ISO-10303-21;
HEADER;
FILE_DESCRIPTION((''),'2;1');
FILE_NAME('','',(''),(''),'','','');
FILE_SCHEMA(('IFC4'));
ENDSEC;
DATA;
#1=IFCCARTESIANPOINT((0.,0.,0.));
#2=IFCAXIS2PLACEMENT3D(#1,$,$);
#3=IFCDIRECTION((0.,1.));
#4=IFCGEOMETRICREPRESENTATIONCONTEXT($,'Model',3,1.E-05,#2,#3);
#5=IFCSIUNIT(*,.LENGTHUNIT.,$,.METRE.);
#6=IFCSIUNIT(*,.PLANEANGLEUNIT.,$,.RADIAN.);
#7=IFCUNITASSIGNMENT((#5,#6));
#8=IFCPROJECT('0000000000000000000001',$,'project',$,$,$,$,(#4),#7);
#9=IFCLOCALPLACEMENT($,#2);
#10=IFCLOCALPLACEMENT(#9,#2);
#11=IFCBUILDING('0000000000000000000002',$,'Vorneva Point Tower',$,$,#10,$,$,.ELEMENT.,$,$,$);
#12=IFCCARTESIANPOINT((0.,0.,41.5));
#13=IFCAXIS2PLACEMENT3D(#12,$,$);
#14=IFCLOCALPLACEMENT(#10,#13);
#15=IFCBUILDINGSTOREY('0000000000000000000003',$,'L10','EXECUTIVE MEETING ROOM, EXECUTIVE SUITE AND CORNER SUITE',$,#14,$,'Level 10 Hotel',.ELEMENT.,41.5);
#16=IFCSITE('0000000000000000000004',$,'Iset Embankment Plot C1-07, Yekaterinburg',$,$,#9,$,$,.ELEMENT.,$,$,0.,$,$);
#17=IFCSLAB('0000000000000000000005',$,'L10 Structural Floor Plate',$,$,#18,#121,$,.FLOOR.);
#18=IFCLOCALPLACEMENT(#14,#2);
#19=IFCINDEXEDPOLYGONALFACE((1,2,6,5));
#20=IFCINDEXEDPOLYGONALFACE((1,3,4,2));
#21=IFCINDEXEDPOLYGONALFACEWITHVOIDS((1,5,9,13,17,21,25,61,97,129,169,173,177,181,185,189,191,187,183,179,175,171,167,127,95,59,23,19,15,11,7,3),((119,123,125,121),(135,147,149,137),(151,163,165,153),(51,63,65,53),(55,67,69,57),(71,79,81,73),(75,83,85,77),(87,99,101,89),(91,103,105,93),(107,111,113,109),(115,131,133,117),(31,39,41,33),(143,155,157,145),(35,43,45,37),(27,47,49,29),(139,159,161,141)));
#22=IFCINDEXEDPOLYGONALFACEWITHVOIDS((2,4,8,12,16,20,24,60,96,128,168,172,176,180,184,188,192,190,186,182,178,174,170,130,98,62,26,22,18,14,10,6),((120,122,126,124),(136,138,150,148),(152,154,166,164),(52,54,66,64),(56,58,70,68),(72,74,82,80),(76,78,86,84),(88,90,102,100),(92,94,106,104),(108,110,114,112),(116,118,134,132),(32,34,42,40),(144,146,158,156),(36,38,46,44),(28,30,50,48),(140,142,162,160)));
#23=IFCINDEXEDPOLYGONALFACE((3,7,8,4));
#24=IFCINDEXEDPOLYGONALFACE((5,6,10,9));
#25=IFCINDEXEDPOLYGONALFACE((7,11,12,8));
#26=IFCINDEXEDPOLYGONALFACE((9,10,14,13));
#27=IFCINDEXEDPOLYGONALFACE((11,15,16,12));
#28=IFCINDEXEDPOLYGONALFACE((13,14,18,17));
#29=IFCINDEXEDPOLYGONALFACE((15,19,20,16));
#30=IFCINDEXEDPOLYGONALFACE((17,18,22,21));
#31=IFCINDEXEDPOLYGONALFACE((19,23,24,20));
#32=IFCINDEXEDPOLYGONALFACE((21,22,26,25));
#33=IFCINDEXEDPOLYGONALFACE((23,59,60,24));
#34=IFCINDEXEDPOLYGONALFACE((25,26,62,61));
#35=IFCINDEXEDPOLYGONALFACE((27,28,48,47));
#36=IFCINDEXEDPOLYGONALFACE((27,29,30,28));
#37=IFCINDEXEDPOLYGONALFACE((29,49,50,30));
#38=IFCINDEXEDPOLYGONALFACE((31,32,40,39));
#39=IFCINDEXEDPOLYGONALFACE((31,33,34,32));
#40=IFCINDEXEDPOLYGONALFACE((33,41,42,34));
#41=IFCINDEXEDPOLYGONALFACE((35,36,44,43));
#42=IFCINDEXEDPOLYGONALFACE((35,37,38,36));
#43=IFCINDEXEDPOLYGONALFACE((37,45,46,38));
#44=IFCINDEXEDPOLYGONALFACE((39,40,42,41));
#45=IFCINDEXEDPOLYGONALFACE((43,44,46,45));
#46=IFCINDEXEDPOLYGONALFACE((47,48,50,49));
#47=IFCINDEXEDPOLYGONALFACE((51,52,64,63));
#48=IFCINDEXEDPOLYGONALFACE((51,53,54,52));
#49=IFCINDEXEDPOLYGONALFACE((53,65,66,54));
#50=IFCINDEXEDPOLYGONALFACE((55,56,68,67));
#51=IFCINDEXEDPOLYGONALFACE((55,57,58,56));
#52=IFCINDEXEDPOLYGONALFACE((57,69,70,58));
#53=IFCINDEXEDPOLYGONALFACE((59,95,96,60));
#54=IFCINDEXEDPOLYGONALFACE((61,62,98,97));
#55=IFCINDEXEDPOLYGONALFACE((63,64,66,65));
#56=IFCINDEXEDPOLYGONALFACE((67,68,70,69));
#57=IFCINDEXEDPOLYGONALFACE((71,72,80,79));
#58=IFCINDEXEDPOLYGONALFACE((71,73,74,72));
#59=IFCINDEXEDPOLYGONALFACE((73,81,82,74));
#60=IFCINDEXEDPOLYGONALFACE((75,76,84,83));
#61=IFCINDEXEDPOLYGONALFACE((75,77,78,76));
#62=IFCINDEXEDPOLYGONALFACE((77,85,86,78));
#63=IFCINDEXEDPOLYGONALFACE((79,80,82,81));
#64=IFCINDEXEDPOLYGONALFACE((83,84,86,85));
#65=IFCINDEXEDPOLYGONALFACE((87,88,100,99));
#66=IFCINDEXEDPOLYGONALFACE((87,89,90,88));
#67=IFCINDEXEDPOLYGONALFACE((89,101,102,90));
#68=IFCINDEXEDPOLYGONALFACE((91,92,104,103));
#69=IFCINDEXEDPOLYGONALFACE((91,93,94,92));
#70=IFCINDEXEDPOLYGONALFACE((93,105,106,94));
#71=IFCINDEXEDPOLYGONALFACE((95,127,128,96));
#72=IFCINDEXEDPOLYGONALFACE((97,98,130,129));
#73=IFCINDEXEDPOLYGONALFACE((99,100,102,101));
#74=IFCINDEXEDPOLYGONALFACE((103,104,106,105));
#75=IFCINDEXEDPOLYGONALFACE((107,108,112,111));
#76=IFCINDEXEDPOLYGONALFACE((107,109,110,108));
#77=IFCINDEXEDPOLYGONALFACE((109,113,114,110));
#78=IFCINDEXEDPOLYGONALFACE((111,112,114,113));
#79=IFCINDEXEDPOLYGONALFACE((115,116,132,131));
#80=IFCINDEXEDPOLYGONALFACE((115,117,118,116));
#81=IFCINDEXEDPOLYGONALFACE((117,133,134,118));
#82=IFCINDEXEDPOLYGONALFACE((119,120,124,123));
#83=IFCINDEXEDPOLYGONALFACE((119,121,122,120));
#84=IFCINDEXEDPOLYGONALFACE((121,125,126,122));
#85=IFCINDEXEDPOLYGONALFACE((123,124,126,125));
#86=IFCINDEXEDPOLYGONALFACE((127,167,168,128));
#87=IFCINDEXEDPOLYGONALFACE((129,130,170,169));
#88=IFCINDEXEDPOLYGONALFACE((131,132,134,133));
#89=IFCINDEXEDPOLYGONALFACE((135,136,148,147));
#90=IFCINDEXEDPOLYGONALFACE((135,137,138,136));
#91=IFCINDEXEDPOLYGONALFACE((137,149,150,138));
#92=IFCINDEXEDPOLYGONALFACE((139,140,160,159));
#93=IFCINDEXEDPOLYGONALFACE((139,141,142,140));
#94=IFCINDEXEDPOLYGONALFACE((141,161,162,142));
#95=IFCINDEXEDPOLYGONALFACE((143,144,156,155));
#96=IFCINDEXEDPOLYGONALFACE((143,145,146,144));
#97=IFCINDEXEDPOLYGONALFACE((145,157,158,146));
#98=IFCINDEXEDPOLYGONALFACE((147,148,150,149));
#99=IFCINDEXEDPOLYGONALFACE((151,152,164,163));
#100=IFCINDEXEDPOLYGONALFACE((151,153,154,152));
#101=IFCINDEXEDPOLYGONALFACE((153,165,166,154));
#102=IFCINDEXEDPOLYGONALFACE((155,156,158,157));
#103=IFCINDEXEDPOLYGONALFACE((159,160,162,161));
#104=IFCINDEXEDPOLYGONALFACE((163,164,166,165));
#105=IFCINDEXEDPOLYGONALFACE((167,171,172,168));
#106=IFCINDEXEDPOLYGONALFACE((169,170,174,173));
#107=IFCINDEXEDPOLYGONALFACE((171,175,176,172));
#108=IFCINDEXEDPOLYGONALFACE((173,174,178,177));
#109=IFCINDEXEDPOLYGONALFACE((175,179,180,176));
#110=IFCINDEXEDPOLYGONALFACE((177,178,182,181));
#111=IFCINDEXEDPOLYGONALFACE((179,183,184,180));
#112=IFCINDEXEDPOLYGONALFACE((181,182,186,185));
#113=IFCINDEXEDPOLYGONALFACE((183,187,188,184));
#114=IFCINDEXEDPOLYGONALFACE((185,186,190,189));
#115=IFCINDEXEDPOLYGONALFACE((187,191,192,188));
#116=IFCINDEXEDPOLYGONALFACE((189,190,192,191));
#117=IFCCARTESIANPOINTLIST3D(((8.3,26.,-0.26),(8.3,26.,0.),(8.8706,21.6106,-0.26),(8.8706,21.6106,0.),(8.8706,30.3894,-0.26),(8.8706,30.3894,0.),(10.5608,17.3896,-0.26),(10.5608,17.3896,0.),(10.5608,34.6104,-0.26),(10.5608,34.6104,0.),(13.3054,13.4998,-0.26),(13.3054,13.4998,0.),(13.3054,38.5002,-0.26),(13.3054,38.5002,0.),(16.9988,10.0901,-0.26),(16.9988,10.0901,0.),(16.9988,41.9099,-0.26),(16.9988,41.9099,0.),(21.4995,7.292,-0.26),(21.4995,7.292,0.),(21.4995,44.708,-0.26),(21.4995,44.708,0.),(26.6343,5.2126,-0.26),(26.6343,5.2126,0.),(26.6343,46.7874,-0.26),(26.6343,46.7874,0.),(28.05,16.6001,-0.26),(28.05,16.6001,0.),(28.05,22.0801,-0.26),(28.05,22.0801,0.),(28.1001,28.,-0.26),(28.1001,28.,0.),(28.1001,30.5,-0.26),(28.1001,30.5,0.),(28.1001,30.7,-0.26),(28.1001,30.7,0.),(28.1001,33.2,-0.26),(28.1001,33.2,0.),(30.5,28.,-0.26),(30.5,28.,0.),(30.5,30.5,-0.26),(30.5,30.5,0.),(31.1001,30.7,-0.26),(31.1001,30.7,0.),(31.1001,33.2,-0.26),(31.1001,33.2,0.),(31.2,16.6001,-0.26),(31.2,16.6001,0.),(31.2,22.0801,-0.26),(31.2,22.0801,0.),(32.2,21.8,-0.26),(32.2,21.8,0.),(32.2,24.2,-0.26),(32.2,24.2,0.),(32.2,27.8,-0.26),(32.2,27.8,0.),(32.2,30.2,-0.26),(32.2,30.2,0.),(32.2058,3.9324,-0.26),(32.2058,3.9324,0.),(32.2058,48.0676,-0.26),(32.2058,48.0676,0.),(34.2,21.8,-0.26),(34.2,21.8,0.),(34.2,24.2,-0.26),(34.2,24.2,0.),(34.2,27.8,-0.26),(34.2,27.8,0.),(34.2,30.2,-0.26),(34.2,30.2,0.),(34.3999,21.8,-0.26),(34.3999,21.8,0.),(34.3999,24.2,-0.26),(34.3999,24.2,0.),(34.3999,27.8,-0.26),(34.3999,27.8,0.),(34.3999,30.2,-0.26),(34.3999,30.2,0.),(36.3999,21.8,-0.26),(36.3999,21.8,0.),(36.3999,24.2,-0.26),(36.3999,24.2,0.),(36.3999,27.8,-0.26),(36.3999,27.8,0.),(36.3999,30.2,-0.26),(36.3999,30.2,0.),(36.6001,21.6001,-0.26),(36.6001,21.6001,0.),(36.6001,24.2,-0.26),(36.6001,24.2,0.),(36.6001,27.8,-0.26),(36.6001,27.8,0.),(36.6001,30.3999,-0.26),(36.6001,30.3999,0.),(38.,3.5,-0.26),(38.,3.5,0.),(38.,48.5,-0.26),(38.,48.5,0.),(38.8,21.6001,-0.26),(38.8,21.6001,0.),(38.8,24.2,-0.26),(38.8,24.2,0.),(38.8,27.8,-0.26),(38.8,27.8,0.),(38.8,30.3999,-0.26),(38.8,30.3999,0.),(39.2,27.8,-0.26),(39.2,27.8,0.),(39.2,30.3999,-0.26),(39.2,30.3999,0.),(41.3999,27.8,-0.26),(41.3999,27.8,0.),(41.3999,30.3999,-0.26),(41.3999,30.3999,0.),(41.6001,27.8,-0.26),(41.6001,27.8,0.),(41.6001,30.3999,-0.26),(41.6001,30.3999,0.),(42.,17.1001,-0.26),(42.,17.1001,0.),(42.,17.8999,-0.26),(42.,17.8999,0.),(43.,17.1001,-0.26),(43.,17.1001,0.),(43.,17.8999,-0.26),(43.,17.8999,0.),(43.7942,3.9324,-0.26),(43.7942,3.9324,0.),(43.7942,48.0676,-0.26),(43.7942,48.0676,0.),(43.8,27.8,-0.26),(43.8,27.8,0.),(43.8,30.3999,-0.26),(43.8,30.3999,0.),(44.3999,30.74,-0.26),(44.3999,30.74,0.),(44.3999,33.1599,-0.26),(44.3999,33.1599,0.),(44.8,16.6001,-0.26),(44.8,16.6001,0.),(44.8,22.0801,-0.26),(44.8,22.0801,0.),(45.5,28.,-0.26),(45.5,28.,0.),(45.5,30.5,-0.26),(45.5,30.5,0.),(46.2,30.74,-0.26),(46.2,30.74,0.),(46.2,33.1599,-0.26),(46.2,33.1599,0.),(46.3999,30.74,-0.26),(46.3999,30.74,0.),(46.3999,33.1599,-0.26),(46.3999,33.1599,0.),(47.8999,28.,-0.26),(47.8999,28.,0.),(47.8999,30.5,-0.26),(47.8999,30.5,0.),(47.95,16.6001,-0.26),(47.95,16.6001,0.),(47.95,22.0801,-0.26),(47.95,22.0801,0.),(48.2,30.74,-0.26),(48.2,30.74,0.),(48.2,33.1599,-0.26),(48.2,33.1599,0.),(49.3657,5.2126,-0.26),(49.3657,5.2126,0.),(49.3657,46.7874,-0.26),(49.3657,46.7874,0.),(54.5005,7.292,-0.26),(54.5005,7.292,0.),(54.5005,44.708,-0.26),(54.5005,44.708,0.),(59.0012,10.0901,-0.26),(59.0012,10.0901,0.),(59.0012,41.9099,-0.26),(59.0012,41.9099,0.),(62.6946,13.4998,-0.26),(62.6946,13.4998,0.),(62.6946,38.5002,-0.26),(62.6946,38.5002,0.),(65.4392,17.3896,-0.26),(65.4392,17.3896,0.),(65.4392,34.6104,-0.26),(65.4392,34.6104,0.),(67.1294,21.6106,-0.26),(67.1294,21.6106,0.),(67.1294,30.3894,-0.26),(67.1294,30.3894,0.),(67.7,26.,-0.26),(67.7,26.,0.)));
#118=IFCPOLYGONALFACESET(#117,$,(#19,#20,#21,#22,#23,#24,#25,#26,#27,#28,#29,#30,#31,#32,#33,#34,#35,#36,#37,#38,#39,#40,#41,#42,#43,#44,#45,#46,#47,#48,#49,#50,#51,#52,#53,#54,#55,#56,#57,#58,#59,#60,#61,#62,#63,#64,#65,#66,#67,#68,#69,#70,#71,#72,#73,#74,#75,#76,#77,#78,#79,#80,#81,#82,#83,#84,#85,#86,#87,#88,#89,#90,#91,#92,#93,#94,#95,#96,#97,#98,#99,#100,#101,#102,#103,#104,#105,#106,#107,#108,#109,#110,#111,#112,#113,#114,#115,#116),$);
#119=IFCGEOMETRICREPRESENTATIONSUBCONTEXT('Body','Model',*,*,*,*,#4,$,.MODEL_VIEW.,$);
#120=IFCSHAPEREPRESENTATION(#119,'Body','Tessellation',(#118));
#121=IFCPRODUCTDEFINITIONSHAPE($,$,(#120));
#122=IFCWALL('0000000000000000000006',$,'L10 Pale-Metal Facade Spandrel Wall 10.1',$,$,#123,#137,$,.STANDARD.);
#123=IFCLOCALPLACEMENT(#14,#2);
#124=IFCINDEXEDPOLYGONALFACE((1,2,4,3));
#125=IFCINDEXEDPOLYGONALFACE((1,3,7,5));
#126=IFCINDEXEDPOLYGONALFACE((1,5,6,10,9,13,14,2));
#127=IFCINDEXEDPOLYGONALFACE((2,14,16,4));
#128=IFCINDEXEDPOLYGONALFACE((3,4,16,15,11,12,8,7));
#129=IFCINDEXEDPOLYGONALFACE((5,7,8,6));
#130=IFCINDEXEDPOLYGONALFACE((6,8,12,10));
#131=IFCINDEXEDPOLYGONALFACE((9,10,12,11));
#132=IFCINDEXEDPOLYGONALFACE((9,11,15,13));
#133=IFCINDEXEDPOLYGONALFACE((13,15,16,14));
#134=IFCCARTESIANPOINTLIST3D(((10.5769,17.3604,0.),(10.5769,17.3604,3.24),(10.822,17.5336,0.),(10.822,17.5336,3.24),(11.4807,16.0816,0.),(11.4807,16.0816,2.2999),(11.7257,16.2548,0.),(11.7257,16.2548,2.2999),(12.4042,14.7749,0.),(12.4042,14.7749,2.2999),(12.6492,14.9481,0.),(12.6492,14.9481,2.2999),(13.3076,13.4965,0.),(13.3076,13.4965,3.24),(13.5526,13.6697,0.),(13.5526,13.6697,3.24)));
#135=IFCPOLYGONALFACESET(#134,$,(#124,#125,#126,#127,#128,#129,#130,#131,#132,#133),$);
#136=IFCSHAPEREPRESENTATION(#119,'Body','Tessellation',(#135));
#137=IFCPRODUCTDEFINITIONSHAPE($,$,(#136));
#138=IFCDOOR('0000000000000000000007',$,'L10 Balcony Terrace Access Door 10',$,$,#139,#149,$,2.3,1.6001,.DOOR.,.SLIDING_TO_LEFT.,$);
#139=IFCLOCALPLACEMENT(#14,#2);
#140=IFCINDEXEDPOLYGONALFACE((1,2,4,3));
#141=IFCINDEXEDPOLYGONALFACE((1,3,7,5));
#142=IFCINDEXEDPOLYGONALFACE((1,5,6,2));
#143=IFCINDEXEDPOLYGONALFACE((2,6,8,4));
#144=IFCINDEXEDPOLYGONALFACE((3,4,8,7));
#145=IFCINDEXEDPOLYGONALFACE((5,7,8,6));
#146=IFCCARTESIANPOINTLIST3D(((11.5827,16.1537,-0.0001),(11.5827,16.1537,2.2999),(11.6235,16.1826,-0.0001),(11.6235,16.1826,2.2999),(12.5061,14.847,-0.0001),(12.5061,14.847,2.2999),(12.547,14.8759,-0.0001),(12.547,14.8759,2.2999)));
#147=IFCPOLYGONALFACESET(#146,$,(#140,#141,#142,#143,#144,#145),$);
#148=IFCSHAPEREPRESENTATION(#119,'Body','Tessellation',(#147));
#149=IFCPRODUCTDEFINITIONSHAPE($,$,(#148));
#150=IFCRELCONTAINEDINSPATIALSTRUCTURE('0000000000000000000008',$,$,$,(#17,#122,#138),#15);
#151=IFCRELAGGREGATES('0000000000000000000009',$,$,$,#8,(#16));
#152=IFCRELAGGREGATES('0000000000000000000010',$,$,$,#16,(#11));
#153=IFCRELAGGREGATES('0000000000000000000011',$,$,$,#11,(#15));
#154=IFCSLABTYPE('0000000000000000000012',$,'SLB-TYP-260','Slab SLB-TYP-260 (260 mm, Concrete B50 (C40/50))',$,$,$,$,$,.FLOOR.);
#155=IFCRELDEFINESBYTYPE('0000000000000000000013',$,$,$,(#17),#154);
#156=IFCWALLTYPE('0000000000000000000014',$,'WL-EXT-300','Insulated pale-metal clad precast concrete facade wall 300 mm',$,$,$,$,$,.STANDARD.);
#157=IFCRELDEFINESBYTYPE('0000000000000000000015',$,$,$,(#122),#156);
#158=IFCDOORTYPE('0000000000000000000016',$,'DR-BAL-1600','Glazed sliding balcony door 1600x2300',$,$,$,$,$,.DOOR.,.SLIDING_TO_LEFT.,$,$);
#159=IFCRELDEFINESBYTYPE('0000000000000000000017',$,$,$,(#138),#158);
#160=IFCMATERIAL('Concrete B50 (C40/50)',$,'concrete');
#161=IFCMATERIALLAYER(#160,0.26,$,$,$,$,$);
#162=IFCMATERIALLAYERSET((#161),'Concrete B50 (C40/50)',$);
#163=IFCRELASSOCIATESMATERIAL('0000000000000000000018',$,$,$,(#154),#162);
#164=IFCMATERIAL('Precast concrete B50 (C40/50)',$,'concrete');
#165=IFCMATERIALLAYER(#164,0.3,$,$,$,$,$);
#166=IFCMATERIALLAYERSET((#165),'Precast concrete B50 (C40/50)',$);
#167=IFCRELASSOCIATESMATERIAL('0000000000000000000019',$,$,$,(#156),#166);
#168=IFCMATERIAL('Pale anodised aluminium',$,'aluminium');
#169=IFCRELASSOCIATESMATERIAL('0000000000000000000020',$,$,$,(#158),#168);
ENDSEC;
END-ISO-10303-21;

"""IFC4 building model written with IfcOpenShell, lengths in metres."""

from ifc_helpers import new_model, si_unit, direction, frame, frame_2d, origin, place, context, subcontext, project, spatial, polyline, rectangle, outline, extrude, material, layer, layer_set, type_object, element, fill, save


model = new_model("IFC4")

# Units and contexts
model_context = context("Model", 3, precision=1e-05, world=origin(), true_north=direction((0.0, 1.0)))
body_context = subcontext(model_context, "Body", "Model", "MODEL_VIEW")
ifc_project = project(units=[si_unit("LENGTHUNIT", "METRE"), si_unit("PLANEANGLEUNIT", "RADIAN")], contexts=[model_context])

# Site, building, storey
site_placement = place(None, origin())
site = spatial("IfcSite", under=ifc_project, at=site_placement, Name="Iset Embankment Plot C1-07, Yekaterinburg", CompositionType="ELEMENT", RefElevation=0.0)
building_placement = place(site_placement, origin())
building = spatial("IfcBuilding", under=site, at=building_placement, Name="Vorneva Point Tower", CompositionType="ELEMENT")
storey_placement = place(building_placement, frame((0.0, 0.0, 41.5)))
storey = spatial("IfcBuildingStorey", under=building, at=storey_placement, Name="L10", Description="EXECUTIVE MEETING ROOM, EXECUTIVE SUITE AND CORNER SUITE", LongName="Level 10 Hotel", CompositionType="ELEMENT", Elevation=41.5)

# Shared definitions
ifc_material_1 = material(Name="Pale anodised aluminium", Category="aluminium")

# Shared definitions
ifc_material_2 = material(Name="Concrete B50 (C40/50)", Category="concrete")

# Slab
ifc_layer_1 = layer(ifc_material_2, 0.26)
ifc_layer_set_1 = layer_set([ifc_layer_1], Name="Concrete B50 (C40/50)")
slab_type_1 = type_object("IfcSlabType", Name="SLB-TYP-260", Description="Slab SLB-TYP-260 (260 mm, Concrete B50 (C40/50))", PredefinedType="FLOOR", material=ifc_layer_set_1)
slab_1_placement = place(storey_placement, frame((0.0, 0.0, -0.26)))
element("IfcSlab", 1, at=slab_1_placement, inside=storey, type_object=slab_type_1, Name="L10 Structural Floor Plate", PredefinedType="FLOOR", context=body_context, shape_type="SweptSolid", body=[
    extrude(outline(polyline([(67.7, 26.0), (67.1294, 30.3894), (65.4392, 34.6104), (62.6946, 38.5002), (59.0012, 41.9099), (54.5005, 44.708), (49.3657, 46.7874), (43.7942, 48.0676), (38.0, 48.5), (32.2058, 48.0676), (26.6343, 46.7874), (21.4995, 44.708), (16.9988, 41.9099), (13.3054, 38.5002), (10.5608, 34.6104), (8.8706, 30.3894), (8.3, 26.0), (8.8706, 21.6106), (10.5608, 17.3896), (13.3054, 13.4998), (16.9988, 10.0901), (21.4995, 7.292), (26.6343, 5.2126), (32.2058, 3.9324), (38.0, 3.5), (43.7942, 3.9324), (49.3657, 5.2126), (54.5005, 7.292), (59.0012, 10.0901), (62.6946, 13.4998), (65.4392, 17.3896), (67.1294, 21.6106), (67.7, 26.0)]), holes=[polyline([(32.2, 27.8), (34.2, 27.8), (34.2, 30.2), (32.2, 30.2), (32.2, 27.8)]), polyline([(34.3999, 27.8), (36.3999, 27.8), (36.3999, 30.2), (34.3999, 30.2), (34.3999, 27.8)]), polyline([(36.6001, 27.8), (38.8, 27.8), (38.8, 30.3999), (36.6001, 30.3999), (36.6001, 27.8)]), polyline([(32.2, 21.8), (34.2, 21.8), (34.2, 24.2), (32.2, 24.2), (32.2, 21.8)]), polyline([(34.3999, 21.8), (36.3999, 21.8), (36.3999, 24.2), (34.3999, 24.2), (34.3999, 21.8)]), polyline([(36.6001, 21.6001), (38.8, 21.6001), (38.8, 24.2), (36.6001, 24.2), (36.6001, 21.6001)]), polyline([(39.2, 27.8), (41.3999, 27.8), (41.3999, 30.3999), (39.2, 30.3999), (39.2, 27.8)]), polyline([(41.6001, 27.8), (43.8, 27.8), (43.8, 30.3999), (41.6001, 30.3999), (41.6001, 27.8)]), polyline([(44.3999, 30.74), (46.2, 30.74), (46.2, 33.1599), (44.3999, 33.1599), (44.3999, 30.74)]), polyline([(46.3999, 30.74), (48.2, 30.74), (48.2, 33.1599), (46.3999, 33.1599), (46.3999, 30.74)]), polyline([(28.1001, 28.0), (30.5, 28.0), (30.5, 30.5), (28.1001, 30.5), (28.1001, 28.0)]), polyline([(45.5, 28.0), (47.8999, 28.0), (47.8999, 30.5), (45.5, 30.5), (45.5, 28.0)]), polyline([(28.1001, 30.7), (31.1001, 30.7), (31.1001, 33.2), (28.1001, 33.2), (28.1001, 30.7)]), polyline([(28.05, 16.6001), (31.2, 16.6001), (31.2, 22.0801), (28.05, 22.0801), (28.05, 16.6001)]), polyline([(44.8, 16.6001), (47.95, 16.6001), (47.95, 22.0801), (44.8, 22.0801), (44.8, 16.6001)]), polyline([(42.0, 17.1001), (43.0, 17.1001), (43.0, 17.8999), (42.0, 17.8999), (42.0, 17.1001)])]), origin(), (0.0, 0.0, 1.0), 0.26),
])

# Wall, opening, door
ifc_material_3 = material(Name="Precast concrete B50 (C40/50)", Category="concrete")
ifc_layer_2 = layer(ifc_material_3, 0.3)
ifc_layer_set_2 = layer_set([ifc_layer_2], Name="Precast concrete B50 (C40/50)")
wall_type_1 = type_object("IfcWallType", Name="WL-EXT-300", Description="Insulated pale-metal clad precast concrete facade wall 300 mm", PredefinedType="STANDARD", material=ifc_layer_set_2)
wall_1_placement = place(storey_placement, frame((10.6995, 17.447, 0.0), z_axis=(0.0, 0.0, 1.0), x_axis=(0.577131, -0.816652, 0.0)))
wall_1 = element("IfcWall", 2, at=wall_1_placement, inside=storey, type_object=wall_type_1, Name="L10 Pale-Metal Facade Spandrel Wall 10.1", PredefinedType="STANDARD", context=body_context, shape_type="SweptSolid", body=[
    extrude(rectangle(XDim=4.7314, YDim=0.3, at=frame_2d((2.3657, 0.0))), origin(), (0.0, 0.0, 1.0), 3.24),
])
opening_1_placement = place(wall_1_placement, frame((1.5659, 0.0, 0.0)))
opening_1 = element("IfcOpeningElement", 3, at=opening_1_placement, cuts=wall_1, PredefinedType="OPENING", context=body_context, shape_type="SweptSolid", body=[
    extrude(rectangle(XDim=1.6001, YDim=2.3, at=frame_2d((0.8, 1.1499))), frame((0.0, 0.165, 0.0), z_axis=(0.0, -1.0, 0.0), x_axis=(1.0, 0.0, 0.0)), (0.0, 0.0, 1.0), 0.3298),
])
door_type_1 = type_object("IfcDoorType", Name="DR-BAL-1600", Description="Glazed sliding balcony door 1600x2300", OperationType="SLIDING_TO_LEFT", PredefinedType="DOOR", material=ifc_material_1)
door_1_placement = place(opening_1_placement, origin())
door_1 = element("IfcDoor", 4, at=door_1_placement, inside=storey, type_object=door_type_1, Name="L10 Balcony Terrace Access Door 10", OperationType="SLIDING_TO_LEFT", OverallHeight=2.3, OverallWidth=1.6001, PredefinedType="DOOR", context=body_context, shape_type="SweptSolid", body=[
    extrude(rectangle(XDim=1.6001, YDim=2.3, at=frame_2d((0.8, 1.1499))), frame((0.0, 0.0249, 0.0), z_axis=(0.0, -1.0, 0.0), x_axis=(1.0, 0.0, 0.0)), (0.0, 0.0, 1.0), 0.05),
])
fill(opening_1, door_1)

save(model, "model.ifc")
